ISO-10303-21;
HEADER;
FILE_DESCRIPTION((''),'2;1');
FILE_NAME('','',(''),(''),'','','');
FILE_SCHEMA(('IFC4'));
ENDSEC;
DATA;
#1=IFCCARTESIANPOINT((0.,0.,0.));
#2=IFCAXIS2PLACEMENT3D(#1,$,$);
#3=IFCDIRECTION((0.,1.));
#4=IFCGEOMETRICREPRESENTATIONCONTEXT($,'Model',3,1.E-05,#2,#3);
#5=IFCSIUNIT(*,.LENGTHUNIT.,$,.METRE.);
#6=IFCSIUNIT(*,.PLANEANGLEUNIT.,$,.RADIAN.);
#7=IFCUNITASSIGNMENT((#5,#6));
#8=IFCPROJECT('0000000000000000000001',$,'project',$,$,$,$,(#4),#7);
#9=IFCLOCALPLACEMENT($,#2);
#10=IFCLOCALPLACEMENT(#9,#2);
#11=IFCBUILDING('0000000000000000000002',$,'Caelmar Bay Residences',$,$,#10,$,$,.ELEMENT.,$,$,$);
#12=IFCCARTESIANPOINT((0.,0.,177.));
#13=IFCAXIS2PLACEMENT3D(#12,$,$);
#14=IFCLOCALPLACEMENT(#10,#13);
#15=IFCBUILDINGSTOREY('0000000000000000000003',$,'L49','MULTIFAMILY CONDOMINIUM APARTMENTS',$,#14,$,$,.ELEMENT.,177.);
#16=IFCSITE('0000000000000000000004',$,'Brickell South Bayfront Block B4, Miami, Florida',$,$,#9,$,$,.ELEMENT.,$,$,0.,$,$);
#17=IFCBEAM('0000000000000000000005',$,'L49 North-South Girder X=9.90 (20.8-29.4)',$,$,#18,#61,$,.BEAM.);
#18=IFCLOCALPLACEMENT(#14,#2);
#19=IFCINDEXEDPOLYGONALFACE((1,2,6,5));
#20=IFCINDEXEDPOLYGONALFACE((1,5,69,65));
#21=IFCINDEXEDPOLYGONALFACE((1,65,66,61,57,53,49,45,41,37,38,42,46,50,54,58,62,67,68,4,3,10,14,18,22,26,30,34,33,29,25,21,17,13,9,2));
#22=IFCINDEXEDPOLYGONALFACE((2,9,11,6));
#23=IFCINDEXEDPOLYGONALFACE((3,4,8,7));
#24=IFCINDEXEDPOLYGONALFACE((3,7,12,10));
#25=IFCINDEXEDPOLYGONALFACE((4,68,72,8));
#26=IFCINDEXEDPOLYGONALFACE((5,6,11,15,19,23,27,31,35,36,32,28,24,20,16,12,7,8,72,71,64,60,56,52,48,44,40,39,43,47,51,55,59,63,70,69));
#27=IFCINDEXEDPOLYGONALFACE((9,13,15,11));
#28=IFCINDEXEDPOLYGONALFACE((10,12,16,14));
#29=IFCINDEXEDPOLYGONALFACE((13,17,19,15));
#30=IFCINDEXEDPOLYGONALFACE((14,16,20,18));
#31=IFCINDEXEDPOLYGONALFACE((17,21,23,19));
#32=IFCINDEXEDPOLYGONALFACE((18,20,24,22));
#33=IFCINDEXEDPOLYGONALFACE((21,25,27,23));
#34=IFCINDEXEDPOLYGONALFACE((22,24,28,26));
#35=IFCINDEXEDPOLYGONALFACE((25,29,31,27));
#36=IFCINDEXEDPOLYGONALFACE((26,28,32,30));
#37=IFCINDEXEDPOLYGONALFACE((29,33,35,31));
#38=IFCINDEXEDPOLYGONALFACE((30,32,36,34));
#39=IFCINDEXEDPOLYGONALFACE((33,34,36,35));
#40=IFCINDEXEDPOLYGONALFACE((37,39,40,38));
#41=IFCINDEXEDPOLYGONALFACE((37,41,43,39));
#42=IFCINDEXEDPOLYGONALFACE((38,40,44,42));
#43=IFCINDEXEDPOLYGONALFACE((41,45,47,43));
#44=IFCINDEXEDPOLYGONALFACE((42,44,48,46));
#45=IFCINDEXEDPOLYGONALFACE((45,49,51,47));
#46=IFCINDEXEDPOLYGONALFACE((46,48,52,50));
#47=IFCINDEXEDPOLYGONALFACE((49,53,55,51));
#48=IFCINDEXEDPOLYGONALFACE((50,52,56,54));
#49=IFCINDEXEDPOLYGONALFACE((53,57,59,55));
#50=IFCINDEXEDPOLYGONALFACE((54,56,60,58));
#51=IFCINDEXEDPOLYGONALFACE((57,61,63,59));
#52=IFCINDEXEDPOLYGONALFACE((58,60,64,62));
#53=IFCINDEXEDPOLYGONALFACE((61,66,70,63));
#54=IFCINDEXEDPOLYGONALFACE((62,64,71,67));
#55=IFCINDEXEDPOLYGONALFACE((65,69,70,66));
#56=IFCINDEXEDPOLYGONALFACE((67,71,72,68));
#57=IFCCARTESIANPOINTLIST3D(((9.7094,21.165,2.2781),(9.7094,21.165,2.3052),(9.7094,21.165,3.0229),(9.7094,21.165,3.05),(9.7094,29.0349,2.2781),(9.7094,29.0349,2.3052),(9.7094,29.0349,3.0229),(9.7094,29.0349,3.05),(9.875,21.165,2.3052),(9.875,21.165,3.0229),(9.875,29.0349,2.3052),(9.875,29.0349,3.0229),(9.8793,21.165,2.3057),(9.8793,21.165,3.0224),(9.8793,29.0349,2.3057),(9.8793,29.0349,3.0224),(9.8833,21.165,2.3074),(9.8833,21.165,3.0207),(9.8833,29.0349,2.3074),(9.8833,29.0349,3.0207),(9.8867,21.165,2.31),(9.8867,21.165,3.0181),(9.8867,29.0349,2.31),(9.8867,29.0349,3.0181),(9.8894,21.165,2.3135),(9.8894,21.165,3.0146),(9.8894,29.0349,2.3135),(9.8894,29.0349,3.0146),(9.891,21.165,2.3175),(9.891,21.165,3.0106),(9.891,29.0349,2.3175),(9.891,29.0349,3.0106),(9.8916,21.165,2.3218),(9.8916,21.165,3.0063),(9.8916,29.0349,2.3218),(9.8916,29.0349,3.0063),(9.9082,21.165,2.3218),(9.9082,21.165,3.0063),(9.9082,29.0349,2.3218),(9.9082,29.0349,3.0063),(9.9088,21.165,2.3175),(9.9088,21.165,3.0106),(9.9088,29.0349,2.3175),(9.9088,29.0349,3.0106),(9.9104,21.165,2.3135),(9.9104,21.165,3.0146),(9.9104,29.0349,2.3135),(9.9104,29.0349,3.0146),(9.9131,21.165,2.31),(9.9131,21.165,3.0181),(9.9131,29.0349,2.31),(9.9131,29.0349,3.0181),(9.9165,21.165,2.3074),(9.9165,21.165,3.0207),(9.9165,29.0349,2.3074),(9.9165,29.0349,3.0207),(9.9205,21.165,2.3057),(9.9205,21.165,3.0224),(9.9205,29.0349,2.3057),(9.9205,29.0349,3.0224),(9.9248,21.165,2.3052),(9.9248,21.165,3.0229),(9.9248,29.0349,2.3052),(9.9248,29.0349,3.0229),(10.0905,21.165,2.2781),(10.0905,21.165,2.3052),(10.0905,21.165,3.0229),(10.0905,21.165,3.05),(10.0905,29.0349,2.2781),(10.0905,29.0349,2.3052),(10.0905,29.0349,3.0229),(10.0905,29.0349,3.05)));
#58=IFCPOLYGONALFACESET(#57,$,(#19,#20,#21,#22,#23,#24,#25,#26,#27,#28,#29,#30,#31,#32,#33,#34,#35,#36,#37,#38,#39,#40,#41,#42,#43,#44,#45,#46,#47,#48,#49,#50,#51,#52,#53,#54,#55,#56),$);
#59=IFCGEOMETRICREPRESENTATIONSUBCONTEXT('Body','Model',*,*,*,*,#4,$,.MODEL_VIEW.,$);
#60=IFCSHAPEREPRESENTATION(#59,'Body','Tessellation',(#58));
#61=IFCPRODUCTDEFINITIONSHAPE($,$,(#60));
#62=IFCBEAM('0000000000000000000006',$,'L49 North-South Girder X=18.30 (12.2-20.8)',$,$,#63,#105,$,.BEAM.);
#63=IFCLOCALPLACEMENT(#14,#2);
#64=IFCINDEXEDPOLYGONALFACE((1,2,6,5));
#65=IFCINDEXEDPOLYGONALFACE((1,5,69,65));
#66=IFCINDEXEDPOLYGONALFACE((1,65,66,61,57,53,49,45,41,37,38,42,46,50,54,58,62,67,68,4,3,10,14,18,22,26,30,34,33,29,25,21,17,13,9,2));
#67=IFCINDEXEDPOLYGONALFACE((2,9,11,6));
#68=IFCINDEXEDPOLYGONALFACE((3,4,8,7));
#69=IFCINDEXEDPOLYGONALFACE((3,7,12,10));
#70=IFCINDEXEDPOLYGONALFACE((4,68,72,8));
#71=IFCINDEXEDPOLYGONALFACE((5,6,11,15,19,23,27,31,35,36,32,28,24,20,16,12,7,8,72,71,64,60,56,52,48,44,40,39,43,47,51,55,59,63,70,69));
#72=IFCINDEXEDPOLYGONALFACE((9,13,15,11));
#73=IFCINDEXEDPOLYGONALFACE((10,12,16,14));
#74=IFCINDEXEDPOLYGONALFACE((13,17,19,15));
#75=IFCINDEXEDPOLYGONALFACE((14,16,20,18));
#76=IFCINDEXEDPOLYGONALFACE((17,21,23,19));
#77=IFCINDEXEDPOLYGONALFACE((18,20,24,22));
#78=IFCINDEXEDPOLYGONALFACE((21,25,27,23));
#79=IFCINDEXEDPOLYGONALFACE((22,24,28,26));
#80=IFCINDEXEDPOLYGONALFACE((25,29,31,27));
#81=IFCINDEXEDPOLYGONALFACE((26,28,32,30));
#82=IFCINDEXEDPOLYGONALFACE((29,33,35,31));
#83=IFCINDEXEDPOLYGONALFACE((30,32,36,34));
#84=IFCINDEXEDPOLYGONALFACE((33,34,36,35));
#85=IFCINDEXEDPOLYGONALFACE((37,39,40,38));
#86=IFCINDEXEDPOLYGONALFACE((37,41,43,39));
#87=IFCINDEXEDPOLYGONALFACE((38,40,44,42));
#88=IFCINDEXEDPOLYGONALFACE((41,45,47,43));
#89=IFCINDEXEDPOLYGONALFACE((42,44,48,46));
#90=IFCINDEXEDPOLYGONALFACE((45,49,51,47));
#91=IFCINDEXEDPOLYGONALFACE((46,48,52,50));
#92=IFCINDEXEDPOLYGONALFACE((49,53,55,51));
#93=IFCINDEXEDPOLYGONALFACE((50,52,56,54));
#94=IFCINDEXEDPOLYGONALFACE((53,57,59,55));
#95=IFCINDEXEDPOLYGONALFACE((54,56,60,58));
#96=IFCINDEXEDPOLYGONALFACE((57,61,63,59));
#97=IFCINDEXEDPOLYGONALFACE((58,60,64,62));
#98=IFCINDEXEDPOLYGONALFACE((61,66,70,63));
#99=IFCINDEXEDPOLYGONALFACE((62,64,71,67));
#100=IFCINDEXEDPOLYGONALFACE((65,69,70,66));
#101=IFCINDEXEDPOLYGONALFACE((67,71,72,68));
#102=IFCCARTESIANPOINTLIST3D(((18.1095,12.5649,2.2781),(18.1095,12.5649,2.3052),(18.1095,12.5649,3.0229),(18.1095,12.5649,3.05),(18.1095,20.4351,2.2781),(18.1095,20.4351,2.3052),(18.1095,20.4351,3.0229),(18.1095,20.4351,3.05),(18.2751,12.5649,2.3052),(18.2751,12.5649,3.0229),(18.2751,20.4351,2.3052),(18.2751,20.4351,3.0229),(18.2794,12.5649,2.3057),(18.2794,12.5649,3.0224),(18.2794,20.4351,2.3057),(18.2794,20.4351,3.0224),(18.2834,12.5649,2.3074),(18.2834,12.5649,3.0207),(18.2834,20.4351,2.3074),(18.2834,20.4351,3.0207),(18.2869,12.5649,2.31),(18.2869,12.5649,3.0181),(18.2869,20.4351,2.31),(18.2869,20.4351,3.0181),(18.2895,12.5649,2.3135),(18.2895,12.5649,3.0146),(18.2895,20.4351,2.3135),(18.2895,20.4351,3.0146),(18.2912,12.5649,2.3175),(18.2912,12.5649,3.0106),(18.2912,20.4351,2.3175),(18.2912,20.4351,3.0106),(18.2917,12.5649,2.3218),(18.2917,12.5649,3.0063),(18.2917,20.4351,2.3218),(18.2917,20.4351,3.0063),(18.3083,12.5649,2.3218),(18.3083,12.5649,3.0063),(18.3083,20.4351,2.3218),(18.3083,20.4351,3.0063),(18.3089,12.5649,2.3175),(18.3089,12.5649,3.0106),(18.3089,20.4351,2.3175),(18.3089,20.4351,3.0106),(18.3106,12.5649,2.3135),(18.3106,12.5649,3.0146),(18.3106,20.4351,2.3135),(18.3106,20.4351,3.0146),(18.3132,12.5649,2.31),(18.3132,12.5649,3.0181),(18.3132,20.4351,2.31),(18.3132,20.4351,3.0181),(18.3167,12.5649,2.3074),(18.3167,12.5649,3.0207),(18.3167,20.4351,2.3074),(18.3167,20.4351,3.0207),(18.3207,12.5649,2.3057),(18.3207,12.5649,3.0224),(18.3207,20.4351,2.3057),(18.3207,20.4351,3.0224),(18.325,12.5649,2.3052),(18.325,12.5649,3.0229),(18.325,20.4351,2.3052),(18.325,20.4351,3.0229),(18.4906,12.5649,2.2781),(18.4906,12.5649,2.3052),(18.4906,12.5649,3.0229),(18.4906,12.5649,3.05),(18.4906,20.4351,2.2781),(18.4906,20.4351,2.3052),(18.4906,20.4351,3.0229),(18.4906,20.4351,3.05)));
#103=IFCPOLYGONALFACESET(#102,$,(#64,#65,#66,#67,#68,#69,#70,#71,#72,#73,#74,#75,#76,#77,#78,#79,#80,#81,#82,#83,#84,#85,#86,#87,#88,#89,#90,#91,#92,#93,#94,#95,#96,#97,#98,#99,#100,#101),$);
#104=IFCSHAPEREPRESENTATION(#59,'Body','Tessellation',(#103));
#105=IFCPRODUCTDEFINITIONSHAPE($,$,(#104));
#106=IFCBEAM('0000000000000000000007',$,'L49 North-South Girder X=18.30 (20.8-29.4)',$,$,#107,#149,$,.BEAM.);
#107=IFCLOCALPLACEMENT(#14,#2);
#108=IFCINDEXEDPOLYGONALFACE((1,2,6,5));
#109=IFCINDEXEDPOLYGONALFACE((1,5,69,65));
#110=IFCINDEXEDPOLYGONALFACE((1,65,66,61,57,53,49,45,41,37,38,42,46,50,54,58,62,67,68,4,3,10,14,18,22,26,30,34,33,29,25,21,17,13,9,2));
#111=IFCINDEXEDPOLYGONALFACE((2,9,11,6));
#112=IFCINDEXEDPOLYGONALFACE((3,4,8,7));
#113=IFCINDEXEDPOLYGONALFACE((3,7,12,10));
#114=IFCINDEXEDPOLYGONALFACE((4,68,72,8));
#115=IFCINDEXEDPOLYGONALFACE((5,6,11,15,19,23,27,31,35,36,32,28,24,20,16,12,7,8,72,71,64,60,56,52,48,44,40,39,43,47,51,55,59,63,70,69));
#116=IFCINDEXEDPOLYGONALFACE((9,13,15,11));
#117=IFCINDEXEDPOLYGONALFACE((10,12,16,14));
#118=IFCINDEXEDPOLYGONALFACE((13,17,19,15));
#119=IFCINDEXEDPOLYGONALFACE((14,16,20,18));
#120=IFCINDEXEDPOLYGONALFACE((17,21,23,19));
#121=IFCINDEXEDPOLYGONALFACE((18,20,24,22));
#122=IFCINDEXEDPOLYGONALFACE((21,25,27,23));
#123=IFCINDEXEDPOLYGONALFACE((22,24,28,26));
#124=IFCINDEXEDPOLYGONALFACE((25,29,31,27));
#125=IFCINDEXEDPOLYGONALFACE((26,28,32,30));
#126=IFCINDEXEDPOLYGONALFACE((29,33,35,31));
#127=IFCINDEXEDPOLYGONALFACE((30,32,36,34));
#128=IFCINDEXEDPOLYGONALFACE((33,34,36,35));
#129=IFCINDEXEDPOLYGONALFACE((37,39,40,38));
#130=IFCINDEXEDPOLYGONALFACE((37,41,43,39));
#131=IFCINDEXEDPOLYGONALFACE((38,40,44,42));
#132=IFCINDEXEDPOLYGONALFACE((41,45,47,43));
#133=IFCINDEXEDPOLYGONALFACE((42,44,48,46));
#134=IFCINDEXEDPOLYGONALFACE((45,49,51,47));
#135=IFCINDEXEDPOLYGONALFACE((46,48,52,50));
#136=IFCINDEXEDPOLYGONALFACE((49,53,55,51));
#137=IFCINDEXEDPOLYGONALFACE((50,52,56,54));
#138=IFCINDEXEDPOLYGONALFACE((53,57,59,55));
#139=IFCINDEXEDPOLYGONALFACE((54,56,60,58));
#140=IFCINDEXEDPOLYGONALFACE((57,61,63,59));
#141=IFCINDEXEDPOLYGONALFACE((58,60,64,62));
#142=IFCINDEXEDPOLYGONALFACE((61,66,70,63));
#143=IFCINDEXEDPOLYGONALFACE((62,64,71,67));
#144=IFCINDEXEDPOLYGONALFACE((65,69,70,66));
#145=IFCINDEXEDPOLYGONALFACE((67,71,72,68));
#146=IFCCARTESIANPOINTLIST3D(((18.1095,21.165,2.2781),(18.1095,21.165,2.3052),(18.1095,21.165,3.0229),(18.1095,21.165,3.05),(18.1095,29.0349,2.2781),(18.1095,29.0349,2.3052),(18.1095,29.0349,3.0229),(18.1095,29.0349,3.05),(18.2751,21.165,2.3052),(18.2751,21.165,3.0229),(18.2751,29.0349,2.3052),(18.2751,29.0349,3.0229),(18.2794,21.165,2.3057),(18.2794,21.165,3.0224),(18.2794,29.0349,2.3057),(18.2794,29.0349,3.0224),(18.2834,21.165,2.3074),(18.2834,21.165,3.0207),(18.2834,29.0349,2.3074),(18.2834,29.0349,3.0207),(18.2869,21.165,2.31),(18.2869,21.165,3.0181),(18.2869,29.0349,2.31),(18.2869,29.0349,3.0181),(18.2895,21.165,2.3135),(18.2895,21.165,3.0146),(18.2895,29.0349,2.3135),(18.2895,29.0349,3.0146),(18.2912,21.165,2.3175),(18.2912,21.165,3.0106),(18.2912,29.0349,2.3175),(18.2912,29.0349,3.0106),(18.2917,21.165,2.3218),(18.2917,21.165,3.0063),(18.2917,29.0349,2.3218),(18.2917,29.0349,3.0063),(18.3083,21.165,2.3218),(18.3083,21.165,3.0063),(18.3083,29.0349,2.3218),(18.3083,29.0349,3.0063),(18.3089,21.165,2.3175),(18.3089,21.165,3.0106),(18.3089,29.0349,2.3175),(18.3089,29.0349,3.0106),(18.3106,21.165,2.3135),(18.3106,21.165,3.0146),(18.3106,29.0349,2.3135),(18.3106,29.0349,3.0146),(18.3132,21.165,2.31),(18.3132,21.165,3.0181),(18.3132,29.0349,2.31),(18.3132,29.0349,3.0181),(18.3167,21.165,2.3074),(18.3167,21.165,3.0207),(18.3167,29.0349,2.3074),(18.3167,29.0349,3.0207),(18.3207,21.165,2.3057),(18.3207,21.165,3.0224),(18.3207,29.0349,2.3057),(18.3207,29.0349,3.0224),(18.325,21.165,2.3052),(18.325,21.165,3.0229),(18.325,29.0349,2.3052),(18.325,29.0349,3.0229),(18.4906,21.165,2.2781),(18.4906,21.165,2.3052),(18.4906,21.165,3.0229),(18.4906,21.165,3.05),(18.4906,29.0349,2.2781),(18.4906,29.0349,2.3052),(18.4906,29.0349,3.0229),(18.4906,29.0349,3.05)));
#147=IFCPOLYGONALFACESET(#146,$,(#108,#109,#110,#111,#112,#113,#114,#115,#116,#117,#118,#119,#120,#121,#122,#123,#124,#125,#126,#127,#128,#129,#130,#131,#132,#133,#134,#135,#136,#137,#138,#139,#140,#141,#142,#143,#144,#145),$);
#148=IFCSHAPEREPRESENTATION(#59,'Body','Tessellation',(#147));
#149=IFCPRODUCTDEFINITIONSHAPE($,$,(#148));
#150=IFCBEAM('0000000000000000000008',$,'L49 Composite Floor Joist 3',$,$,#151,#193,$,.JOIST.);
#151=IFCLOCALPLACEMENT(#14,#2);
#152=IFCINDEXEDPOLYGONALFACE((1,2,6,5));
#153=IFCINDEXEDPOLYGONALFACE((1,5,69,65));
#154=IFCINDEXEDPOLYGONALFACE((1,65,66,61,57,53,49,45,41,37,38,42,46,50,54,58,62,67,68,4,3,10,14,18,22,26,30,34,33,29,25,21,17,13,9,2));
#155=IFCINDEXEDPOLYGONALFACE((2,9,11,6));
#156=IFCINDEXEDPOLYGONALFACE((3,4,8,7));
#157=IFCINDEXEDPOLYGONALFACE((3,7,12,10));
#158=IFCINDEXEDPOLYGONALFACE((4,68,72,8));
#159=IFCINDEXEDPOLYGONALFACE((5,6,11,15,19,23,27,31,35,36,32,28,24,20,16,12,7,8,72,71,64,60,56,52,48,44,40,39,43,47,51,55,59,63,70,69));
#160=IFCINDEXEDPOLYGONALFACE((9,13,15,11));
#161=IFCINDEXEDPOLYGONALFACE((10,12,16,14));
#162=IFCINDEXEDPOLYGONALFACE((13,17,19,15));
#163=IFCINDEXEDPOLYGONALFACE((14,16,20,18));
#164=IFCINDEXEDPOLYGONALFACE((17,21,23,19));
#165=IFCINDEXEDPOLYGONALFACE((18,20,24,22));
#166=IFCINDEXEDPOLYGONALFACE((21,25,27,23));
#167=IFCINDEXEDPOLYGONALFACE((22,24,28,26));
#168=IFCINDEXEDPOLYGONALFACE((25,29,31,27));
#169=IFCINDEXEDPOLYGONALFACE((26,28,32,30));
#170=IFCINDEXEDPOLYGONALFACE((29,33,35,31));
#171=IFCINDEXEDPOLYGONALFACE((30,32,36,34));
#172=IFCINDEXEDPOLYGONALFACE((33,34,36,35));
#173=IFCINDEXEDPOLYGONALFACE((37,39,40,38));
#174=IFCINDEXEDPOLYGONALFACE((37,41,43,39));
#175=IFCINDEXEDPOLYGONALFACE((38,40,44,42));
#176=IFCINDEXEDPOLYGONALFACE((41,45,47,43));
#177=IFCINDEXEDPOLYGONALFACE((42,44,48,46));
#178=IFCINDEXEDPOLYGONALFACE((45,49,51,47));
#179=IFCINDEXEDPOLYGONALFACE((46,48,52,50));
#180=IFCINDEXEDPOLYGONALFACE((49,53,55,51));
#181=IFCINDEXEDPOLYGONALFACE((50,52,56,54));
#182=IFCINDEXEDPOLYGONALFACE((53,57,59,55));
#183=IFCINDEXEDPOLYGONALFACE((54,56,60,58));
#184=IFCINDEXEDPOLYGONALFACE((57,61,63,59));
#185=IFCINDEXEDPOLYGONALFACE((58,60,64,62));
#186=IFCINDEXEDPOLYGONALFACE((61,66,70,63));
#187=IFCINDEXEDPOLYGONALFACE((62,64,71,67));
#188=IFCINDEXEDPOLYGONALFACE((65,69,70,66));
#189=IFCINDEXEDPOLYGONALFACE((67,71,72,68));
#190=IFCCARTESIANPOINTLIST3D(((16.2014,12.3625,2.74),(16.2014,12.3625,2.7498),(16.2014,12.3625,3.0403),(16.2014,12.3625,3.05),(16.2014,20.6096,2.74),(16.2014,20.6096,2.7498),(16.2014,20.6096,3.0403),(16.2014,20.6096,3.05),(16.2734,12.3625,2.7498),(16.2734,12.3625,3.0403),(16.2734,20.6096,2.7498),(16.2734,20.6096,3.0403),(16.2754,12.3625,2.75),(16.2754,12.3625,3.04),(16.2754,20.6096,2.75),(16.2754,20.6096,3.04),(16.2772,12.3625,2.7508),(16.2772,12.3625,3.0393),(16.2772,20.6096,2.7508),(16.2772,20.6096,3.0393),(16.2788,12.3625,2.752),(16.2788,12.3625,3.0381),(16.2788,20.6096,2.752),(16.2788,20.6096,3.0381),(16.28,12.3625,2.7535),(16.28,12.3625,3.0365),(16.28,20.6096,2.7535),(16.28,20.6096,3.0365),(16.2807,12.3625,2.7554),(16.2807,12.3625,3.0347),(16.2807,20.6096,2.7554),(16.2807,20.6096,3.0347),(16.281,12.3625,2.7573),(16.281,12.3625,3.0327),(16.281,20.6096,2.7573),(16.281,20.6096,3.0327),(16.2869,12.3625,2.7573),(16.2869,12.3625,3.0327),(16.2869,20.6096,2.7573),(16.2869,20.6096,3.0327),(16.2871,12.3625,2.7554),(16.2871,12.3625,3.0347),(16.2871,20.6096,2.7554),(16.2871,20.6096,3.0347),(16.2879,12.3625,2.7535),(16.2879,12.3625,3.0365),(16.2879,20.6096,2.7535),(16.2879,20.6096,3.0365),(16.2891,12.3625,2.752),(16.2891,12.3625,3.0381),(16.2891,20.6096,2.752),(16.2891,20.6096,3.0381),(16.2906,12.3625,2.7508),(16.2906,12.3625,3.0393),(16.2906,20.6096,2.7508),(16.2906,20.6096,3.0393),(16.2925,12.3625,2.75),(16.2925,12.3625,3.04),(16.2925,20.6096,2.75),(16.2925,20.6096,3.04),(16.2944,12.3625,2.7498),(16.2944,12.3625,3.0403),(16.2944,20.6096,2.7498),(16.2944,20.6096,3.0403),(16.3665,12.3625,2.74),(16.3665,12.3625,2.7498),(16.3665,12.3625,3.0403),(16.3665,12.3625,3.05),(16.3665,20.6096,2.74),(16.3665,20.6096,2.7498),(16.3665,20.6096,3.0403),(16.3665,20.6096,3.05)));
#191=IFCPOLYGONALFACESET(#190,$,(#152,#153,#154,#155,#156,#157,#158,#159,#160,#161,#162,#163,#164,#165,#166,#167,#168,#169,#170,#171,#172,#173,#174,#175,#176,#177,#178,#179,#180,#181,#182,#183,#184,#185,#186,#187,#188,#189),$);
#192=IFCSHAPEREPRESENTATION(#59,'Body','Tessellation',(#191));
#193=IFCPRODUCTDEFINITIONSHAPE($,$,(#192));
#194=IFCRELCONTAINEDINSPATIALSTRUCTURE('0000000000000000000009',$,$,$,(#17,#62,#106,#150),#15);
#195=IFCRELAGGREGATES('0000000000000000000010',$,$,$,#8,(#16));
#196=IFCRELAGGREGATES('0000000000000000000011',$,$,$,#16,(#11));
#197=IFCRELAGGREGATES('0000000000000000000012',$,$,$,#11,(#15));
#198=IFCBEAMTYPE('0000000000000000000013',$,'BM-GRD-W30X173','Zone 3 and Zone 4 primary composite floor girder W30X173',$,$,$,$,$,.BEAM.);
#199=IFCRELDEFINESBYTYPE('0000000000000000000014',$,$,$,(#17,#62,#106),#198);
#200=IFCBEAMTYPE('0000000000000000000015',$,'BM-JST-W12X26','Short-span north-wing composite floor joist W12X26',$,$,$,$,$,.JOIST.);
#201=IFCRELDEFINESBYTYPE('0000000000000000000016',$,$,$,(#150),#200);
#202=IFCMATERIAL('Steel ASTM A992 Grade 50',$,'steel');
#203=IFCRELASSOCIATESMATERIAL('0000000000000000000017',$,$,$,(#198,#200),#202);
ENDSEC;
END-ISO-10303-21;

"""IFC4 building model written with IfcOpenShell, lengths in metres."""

from ifc_helpers import new_model, si_unit, direction, frame, origin, origin_2d, place, context, subcontext, project, spatial, i_section, extrude, material, material_profile, profile_set, type_object, element, save


model = new_model("IFC4")

# Units and contexts
model_context = context("Model", 3, precision=1e-05, world=origin(), true_north=direction((0.0, 1.0)))
body_context = subcontext(model_context, "Body", "Model", "MODEL_VIEW")
ifc_project = project(units=[si_unit("LENGTHUNIT", "METRE"), si_unit("PLANEANGLEUNIT", "RADIAN")], contexts=[model_context])

# Site, building, storey
site_placement = place(None, origin())
site = spatial("IfcSite", under=ifc_project, at=site_placement, Name="Brickell South Bayfront Block B4, Miami, Florida", CompositionType="ELEMENT", RefElevation=0.0)
building_placement = place(site_placement, origin())
building = spatial("IfcBuilding", under=site, at=building_placement, Name="Caelmar Bay Residences", CompositionType="ELEMENT")
storey_placement = place(building_placement, frame((0.0, 0.0, 177.0)))
storey = spatial("IfcBuildingStorey", under=building, at=storey_placement, Name="L49", Description="MULTIFAMILY CONDOMINIUM APARTMENTS", CompositionType="ELEMENT", Elevation=177.0)

# Beams
ifc_material_1 = material(Name="Steel ASTM A992 Grade 50", Category="steel")
ifc_material_profile_1 = material_profile(ifc_material_1, i_section(OverallWidth=0.3811, OverallDepth=0.772, WebThickness=0.0166, FlangeThickness=0.0271, FilletRadius=0.0166, at=origin_2d()), Name="W30X173")
ifc_profile_set_1 = profile_set([ifc_material_profile_1], Name="Steel ASTM A992 Grade 50")
beam_type_1 = type_object("IfcBeamType", Name="BM-GRD-W30X173", Description="Zone 3 and Zone 4 primary composite floor girder W30X173", PredefinedType="BEAM", material=ifc_profile_set_1)
beam_1_placement = place(storey_placement, frame((9.8999, 21.165, 2.6641), z_axis=(0.0, 1.0, 0.0), x_axis=(-1.0, 0.0, 0.0)))
element("IfcBeam", 1, at=beam_1_placement, inside=storey, type_object=beam_type_1, Name="L49 North-South Girder X=9.90 (20.8-29.4)", PredefinedType="BEAM", context=body_context, shape_type="SweptSolid", body=[
    extrude(i_section(OverallWidth=0.3811, OverallDepth=0.772, WebThickness=0.0166, FlangeThickness=0.0271, FilletRadius=0.0166, at=origin_2d()), origin(), (0.0, 0.0, 1.0), 7.8699),
])
beam_2_placement = place(storey_placement, frame((18.3, 12.5649, 2.6641), z_axis=(0.0, 1.0, 0.0), x_axis=(-1.0, 0.0, 0.0)))
element("IfcBeam", 2, at=beam_2_placement, inside=storey, type_object=beam_type_1, Name="L49 North-South Girder X=18.30 (12.2-20.8)", PredefinedType="BEAM", context=body_context, shape_type="SweptSolid", body=[
    extrude(i_section(OverallWidth=0.3811, OverallDepth=0.772, WebThickness=0.0166, FlangeThickness=0.0271, FilletRadius=0.0166, at=origin_2d()), origin(), (0.0, 0.0, 1.0), 7.8701),
])
beam_3_placement = place(storey_placement, frame((18.3, 21.165, 2.6641), z_axis=(0.0, 1.0, 0.0), x_axis=(-1.0, 0.0, 0.0)))
element("IfcBeam", 3, at=beam_3_placement, inside=storey, type_object=beam_type_1, Name="L49 North-South Girder X=18.30 (20.8-29.4)", PredefinedType="BEAM", context=body_context, shape_type="SweptSolid", body=[
    extrude(i_section(OverallWidth=0.3811, OverallDepth=0.772, WebThickness=0.0166, FlangeThickness=0.0271, FilletRadius=0.0166, at=origin_2d()), origin(), (0.0, 0.0, 1.0), 7.8699),
])
ifc_material_profile_2 = material_profile(ifc_material_1, i_section(OverallWidth=0.165, OverallDepth=0.3101, WebThickness=0.0059, FlangeThickness=0.0098, FilletRadius=0.0076, at=origin_2d()), Name="W12X26")
ifc_profile_set_2 = profile_set([ifc_material_profile_2], Name="Steel ASTM A992 Grade 50")
beam_type_2 = type_object("IfcBeamType", Name="BM-JST-W12X26", Description="Short-span north-wing composite floor joist W12X26", PredefinedType="JOIST", material=ifc_profile_set_2)
beam_4_placement = place(storey_placement, frame((16.2839, 12.3625, 2.895), z_axis=(0.0, 1.0, 0.0), x_axis=(-1.0, 0.0, 0.0)))
element("IfcBeam", 4, at=beam_4_placement, inside=storey, type_object=beam_type_2, Name="L49 Composite Floor Joist 3", PredefinedType="JOIST", context=body_context, shape_type="SweptSolid", body=[
    extrude(i_section(OverallWidth=0.165, OverallDepth=0.3101, WebThickness=0.0059, FlangeThickness=0.0098, FilletRadius=0.0076, at=origin_2d()), origin(), (0.0, 0.0, 1.0), 8.2471),
])

save(model, "model.ifc")
